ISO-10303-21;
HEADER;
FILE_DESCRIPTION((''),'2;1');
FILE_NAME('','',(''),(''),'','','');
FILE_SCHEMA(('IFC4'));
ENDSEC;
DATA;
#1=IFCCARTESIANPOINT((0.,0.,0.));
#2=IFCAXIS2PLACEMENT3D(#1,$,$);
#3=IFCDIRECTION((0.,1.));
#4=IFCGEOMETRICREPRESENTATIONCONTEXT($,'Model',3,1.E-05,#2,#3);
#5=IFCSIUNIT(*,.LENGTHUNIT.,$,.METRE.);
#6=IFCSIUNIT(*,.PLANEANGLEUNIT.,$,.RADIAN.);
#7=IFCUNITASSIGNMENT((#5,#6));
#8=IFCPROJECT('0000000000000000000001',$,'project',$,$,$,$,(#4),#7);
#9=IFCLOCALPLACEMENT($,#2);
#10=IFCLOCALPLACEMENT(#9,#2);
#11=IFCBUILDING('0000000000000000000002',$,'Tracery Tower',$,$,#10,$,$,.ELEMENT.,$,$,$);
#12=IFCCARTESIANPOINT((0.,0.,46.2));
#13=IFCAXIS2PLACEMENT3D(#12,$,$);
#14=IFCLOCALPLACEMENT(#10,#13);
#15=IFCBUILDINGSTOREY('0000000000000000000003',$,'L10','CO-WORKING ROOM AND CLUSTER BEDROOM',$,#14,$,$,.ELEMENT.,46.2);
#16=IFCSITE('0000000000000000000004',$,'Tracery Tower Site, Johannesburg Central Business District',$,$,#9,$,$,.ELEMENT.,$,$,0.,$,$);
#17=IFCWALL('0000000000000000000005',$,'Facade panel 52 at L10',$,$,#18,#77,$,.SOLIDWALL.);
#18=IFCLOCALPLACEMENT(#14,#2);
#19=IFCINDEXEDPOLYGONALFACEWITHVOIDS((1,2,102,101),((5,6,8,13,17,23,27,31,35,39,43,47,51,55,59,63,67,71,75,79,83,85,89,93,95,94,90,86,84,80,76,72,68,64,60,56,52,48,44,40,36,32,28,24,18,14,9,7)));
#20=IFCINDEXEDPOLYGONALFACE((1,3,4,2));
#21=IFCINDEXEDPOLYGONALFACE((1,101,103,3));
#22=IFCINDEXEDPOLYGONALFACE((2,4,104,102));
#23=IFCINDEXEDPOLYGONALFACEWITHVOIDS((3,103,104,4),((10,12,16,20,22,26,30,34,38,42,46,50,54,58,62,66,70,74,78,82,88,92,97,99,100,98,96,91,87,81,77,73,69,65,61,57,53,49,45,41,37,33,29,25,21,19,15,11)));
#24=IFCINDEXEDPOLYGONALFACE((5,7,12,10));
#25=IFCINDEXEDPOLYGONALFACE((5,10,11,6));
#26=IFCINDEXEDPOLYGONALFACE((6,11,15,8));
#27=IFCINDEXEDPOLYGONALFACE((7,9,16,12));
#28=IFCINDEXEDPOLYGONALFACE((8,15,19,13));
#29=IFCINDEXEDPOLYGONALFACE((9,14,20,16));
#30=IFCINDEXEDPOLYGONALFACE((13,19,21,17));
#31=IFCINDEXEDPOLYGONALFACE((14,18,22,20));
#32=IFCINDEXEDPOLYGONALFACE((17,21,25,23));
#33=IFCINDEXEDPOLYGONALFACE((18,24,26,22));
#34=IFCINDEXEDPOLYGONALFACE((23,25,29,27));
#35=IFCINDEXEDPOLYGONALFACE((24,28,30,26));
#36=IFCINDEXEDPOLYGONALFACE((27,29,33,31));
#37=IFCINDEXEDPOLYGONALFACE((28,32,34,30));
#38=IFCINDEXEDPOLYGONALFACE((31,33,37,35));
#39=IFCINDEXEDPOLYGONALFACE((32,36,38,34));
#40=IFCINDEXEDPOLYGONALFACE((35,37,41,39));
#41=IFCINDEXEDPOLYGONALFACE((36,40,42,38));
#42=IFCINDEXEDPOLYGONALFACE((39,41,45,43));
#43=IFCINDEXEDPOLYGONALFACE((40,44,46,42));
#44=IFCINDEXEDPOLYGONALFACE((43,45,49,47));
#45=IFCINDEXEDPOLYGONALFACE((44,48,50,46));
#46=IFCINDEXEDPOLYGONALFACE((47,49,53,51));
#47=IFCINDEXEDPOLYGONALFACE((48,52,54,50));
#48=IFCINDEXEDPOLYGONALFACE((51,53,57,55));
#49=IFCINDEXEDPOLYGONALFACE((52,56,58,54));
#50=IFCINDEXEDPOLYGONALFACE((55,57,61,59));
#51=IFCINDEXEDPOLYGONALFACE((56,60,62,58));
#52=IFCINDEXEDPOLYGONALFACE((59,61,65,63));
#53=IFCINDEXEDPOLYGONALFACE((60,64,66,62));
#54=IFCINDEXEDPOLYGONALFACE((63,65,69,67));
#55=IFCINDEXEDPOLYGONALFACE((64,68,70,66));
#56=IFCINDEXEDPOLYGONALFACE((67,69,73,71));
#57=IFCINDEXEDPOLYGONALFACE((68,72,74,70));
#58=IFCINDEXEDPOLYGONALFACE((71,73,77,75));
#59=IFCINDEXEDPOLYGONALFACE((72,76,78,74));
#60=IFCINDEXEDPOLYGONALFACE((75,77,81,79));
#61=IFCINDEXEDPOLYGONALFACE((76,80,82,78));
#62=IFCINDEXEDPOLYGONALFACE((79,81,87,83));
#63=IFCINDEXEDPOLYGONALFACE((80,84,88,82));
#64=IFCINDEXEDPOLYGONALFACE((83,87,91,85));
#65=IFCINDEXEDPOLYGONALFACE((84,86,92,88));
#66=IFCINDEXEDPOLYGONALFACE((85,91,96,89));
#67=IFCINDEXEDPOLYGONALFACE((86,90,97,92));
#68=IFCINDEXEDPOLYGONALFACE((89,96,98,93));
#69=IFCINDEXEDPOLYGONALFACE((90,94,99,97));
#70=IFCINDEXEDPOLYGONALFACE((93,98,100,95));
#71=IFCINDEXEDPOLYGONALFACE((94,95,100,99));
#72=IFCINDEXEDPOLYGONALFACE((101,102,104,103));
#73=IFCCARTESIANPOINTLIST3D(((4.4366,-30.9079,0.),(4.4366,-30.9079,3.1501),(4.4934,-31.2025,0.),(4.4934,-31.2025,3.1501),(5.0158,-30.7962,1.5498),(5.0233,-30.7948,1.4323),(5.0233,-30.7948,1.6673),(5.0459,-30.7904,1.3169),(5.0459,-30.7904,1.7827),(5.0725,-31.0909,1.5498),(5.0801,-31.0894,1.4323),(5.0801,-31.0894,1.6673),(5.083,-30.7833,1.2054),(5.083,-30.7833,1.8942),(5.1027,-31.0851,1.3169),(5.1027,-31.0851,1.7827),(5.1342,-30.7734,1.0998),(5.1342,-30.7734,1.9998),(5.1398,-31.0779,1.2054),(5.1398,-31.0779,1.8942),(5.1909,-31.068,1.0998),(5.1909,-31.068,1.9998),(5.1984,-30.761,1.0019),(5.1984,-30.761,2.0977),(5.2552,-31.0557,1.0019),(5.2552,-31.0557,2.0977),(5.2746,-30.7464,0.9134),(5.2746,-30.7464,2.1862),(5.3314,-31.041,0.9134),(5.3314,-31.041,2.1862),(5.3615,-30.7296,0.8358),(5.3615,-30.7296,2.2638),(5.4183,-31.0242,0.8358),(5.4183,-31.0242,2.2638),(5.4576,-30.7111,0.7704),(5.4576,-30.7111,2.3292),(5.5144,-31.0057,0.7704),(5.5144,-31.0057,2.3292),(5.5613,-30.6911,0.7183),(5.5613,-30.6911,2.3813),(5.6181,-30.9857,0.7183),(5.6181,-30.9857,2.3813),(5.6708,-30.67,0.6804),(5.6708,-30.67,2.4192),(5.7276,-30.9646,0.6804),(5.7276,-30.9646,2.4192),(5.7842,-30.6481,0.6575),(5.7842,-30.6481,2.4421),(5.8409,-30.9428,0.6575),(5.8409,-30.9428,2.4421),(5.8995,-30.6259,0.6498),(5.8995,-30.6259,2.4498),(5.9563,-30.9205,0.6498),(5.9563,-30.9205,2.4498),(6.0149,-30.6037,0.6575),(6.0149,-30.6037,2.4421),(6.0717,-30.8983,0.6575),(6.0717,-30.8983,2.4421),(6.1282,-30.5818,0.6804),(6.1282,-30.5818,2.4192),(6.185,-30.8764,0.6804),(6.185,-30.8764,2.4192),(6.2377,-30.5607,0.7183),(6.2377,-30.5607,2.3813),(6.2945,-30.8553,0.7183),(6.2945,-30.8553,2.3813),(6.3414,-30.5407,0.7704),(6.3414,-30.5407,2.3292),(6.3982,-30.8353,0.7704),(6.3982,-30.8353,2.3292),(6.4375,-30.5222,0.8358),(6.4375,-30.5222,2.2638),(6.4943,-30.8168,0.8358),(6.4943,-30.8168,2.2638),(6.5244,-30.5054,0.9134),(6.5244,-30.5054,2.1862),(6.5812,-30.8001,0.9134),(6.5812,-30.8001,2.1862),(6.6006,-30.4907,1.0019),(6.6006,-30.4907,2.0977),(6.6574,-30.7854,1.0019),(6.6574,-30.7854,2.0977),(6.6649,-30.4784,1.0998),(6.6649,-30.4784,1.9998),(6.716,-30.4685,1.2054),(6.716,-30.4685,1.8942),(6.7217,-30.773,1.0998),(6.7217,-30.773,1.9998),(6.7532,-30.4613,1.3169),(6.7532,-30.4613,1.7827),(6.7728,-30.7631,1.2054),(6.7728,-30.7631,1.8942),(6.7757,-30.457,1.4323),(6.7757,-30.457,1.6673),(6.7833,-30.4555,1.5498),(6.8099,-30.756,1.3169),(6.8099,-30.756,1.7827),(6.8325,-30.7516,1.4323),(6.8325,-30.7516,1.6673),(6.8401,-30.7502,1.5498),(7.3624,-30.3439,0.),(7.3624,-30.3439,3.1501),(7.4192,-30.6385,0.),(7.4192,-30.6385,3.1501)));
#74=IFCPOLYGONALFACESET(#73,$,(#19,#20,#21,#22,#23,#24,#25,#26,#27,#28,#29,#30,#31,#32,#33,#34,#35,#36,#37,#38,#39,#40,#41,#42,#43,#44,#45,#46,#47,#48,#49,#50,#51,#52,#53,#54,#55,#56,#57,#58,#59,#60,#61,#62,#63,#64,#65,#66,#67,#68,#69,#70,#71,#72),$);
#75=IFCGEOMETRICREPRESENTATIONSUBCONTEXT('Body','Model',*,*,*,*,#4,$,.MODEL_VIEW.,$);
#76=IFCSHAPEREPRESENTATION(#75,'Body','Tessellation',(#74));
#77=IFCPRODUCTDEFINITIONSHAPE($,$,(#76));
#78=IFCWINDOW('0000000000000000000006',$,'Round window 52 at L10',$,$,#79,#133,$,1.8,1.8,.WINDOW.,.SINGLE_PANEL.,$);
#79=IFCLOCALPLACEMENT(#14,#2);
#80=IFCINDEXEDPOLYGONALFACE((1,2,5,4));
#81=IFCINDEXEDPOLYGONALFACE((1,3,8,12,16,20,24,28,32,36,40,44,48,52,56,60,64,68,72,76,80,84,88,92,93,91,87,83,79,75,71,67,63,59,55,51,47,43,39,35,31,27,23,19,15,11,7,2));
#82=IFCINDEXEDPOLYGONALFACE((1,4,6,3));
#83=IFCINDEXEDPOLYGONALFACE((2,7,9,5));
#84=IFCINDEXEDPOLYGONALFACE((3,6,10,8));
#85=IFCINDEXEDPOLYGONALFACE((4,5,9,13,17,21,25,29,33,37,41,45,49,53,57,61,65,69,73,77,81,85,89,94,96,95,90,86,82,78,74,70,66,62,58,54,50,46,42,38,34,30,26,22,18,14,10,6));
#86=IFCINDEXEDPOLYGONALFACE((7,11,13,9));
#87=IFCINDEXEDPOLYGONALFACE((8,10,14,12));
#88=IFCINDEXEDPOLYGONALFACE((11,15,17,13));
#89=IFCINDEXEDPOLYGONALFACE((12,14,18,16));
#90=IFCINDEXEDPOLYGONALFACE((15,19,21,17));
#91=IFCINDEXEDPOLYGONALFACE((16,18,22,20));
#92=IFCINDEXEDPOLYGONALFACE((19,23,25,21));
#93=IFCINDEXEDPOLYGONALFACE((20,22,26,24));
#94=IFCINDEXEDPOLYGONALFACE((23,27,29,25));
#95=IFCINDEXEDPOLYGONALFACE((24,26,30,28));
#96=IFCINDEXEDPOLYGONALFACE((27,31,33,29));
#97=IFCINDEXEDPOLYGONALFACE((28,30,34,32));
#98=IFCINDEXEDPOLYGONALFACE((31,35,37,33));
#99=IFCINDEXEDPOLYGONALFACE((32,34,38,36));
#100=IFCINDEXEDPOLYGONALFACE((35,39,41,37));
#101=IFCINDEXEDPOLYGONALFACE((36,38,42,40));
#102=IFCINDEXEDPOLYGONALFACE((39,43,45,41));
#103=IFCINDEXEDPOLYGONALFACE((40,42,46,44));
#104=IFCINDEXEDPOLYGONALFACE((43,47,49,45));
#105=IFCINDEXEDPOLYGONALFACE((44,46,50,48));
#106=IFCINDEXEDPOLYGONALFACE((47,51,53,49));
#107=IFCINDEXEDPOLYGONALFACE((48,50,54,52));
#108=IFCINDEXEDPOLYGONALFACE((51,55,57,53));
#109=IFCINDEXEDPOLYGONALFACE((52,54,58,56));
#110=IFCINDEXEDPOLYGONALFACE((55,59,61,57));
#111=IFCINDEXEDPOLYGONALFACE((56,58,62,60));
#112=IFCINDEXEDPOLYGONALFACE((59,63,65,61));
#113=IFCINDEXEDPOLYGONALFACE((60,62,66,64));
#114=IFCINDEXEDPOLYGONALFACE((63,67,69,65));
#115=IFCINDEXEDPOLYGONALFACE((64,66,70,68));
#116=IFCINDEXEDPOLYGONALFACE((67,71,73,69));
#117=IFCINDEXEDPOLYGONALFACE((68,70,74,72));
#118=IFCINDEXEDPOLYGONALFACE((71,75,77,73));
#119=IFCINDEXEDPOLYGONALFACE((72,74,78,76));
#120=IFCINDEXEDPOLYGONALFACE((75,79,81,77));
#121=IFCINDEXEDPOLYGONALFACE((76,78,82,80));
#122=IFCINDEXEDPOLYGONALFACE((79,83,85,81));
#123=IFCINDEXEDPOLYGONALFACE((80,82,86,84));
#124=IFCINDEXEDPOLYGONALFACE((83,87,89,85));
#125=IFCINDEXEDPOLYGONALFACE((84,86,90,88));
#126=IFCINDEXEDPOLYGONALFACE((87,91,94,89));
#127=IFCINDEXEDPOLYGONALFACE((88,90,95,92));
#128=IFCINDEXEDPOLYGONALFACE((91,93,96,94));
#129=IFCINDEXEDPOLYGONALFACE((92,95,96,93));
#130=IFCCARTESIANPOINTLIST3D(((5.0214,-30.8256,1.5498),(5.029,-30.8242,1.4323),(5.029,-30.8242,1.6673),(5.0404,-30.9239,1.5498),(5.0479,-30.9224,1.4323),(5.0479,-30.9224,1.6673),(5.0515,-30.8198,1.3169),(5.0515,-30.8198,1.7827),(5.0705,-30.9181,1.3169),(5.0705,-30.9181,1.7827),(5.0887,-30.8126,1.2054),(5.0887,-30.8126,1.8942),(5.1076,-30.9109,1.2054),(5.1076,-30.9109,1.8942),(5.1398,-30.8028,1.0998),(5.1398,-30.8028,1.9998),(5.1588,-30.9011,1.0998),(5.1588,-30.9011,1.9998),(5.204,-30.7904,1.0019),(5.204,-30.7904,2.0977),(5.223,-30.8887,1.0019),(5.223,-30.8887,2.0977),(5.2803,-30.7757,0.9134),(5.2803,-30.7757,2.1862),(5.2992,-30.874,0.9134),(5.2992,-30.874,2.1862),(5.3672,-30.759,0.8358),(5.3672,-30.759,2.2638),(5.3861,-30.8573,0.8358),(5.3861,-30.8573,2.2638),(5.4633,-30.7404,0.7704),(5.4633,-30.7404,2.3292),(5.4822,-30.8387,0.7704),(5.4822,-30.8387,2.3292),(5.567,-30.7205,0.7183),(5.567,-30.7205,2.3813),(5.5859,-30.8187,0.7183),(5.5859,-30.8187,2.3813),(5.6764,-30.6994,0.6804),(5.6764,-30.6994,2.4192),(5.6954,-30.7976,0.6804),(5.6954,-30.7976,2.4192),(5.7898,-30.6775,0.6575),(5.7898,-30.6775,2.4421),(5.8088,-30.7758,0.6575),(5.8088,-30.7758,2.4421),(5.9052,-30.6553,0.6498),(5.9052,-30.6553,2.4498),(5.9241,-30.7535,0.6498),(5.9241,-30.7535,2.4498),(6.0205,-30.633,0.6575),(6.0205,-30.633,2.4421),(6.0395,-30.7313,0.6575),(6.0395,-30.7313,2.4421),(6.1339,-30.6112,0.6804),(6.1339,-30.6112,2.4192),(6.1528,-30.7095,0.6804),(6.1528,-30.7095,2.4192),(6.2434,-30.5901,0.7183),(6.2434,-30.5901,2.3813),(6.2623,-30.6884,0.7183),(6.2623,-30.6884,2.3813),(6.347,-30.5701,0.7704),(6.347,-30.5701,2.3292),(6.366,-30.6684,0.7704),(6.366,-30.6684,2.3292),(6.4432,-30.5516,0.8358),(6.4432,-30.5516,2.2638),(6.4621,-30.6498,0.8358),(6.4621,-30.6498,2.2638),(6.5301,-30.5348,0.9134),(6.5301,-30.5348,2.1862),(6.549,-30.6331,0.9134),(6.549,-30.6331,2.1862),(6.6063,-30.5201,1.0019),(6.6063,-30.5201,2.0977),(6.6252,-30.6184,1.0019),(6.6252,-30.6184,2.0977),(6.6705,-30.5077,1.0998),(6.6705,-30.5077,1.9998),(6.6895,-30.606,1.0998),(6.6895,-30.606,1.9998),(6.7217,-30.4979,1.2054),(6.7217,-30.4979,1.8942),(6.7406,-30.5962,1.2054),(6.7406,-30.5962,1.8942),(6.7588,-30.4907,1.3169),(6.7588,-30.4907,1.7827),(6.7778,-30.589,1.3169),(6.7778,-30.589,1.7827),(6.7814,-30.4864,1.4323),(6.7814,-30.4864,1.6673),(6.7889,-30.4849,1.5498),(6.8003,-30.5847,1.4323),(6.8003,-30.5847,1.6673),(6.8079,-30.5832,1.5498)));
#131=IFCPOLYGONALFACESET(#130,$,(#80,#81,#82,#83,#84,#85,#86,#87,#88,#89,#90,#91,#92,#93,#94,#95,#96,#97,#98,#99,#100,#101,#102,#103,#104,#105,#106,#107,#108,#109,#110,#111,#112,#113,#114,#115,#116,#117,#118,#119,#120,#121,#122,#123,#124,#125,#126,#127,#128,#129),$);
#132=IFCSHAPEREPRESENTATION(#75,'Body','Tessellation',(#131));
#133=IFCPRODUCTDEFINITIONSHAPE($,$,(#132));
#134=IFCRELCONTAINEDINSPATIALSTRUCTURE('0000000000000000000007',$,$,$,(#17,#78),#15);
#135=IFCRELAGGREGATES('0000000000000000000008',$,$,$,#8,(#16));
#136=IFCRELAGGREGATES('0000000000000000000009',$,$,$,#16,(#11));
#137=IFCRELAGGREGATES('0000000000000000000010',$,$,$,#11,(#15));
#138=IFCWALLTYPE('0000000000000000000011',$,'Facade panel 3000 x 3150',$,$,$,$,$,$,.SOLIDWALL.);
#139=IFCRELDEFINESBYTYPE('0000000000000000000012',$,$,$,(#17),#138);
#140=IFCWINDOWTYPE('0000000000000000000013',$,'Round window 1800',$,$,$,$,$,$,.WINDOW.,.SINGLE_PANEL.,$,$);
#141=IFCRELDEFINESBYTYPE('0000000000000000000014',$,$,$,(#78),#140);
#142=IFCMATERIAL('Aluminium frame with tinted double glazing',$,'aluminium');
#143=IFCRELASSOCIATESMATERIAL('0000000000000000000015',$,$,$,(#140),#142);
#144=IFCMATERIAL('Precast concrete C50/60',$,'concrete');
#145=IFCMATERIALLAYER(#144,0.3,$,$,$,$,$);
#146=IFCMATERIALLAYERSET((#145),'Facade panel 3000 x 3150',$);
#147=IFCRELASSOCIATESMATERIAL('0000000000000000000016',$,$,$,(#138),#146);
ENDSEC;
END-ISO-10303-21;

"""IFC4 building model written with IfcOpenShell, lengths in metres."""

from ifc_helpers import new_model, si_unit, direction, frame, frame_2d, origin, origin_2d, place, context, subcontext, project, spatial, rectangle, circle, extrude, material, layer, layer_set, type_object, element, fill, save


model = new_model("IFC4")

# Units and contexts
model_context = context("Model", 3, precision=1e-05, world=origin(), true_north=direction((0.0, 1.0)))
body_context = subcontext(model_context, "Body", "Model", "MODEL_VIEW")
ifc_project = project(units=[si_unit("LENGTHUNIT", "METRE"), si_unit("PLANEANGLEUNIT", "RADIAN")], contexts=[model_context])

# Site, building, storey
site_placement = place(None, origin())
site = spatial("IfcSite", under=ifc_project, at=site_placement, Name="Tracery Tower Site, Johannesburg Central Business District", CompositionType="ELEMENT", RefElevation=0.0)
building_placement = place(site_placement, origin())
building = spatial("IfcBuilding", under=site, at=building_placement, Name="Tracery Tower", CompositionType="ELEMENT")
storey_placement = place(building_placement, frame((0.0, 0.0, 46.2)))
storey = spatial("IfcBuildingStorey", under=building, at=storey_placement, Name="L10", Description="CO-WORKING ROOM AND CLUSTER BEDROOM", CompositionType="ELEMENT", Elevation=46.2)

# Wall, opening, window
ifc_material_1 = material(Name="Aluminium frame with tinted double glazing", Category="aluminium")
window_type = type_object("IfcWindowType", Name="Round window 1800", PartitioningType="SINGLE_PANEL", PredefinedType="WINDOW", material=ifc_material_1)
ifc_material_2 = material(Name="Precast concrete C50/60", Category="concrete")
ifc_layer_1 = layer(ifc_material_2, 0.3)
ifc_layer_set_1 = layer_set([ifc_layer_1], Name="Facade panel 3000 x 3150")
wall_type_1 = type_object("IfcWallType", Name="Facade panel 3000 x 3150", PredefinedType="SOLIDWALL", material=ifc_layer_set_1)
wall_1_placement = place(storey_placement, frame((4.4651, -31.0552, 0.0), z_axis=(0.0, 0.0, 1.0), x_axis=(0.981925, 0.189273, 0.0)))
wall_1 = element("IfcWall", 1, at=wall_1_placement, inside=storey, type_object=wall_type_1, Name="Facade panel 52 at L10", PredefinedType="SOLIDWALL", context=body_context, shape_type="SweptSolid", body=[
    extrude(rectangle(XDim=2.9797, YDim=0.3, at=frame_2d((1.4897, 0.0))), origin(), (0.0, 0.0, 1.0), 3.1501),
])
opening_1_placement = place(wall_1_placement, frame((1.4897, 0.0, 1.5498)))
opening_1 = element("IfcOpeningElement", 2, at=opening_1_placement, cuts=wall_1, PredefinedType="OPENING", context=body_context, shape_type="SweptSolid", body=[
    extrude(circle(Radius=0.9, at=origin_2d()), frame((0.0, 0.1599, 0.0), z_axis=(0.0, -1.0, 0.0), x_axis=(1.0, 0.0, 0.0)), (0.0, 0.0, 1.0), 0.3201),
])
window_1_placement = place(opening_1_placement, origin())
window_1 = element("IfcWindow", 3, at=window_1_placement, inside=storey, type_object=window_type, Name="Round window 52 at L10", OverallHeight=1.8, OverallWidth=1.8, PartitioningType="SINGLE_PANEL", PredefinedType="WINDOW", context=body_context, shape_type="SweptSolid", body=[
    extrude(circle(Radius=0.9, at=origin_2d()), frame((0.0, 0.1201, 0.0), z_axis=(0.0, -1.0, 0.0), x_axis=(1.0, 0.0, 0.0)), (0.0, 0.0, 1.0), 0.1001),
])
fill(opening_1, window_1)

save(model, "model.ifc")
